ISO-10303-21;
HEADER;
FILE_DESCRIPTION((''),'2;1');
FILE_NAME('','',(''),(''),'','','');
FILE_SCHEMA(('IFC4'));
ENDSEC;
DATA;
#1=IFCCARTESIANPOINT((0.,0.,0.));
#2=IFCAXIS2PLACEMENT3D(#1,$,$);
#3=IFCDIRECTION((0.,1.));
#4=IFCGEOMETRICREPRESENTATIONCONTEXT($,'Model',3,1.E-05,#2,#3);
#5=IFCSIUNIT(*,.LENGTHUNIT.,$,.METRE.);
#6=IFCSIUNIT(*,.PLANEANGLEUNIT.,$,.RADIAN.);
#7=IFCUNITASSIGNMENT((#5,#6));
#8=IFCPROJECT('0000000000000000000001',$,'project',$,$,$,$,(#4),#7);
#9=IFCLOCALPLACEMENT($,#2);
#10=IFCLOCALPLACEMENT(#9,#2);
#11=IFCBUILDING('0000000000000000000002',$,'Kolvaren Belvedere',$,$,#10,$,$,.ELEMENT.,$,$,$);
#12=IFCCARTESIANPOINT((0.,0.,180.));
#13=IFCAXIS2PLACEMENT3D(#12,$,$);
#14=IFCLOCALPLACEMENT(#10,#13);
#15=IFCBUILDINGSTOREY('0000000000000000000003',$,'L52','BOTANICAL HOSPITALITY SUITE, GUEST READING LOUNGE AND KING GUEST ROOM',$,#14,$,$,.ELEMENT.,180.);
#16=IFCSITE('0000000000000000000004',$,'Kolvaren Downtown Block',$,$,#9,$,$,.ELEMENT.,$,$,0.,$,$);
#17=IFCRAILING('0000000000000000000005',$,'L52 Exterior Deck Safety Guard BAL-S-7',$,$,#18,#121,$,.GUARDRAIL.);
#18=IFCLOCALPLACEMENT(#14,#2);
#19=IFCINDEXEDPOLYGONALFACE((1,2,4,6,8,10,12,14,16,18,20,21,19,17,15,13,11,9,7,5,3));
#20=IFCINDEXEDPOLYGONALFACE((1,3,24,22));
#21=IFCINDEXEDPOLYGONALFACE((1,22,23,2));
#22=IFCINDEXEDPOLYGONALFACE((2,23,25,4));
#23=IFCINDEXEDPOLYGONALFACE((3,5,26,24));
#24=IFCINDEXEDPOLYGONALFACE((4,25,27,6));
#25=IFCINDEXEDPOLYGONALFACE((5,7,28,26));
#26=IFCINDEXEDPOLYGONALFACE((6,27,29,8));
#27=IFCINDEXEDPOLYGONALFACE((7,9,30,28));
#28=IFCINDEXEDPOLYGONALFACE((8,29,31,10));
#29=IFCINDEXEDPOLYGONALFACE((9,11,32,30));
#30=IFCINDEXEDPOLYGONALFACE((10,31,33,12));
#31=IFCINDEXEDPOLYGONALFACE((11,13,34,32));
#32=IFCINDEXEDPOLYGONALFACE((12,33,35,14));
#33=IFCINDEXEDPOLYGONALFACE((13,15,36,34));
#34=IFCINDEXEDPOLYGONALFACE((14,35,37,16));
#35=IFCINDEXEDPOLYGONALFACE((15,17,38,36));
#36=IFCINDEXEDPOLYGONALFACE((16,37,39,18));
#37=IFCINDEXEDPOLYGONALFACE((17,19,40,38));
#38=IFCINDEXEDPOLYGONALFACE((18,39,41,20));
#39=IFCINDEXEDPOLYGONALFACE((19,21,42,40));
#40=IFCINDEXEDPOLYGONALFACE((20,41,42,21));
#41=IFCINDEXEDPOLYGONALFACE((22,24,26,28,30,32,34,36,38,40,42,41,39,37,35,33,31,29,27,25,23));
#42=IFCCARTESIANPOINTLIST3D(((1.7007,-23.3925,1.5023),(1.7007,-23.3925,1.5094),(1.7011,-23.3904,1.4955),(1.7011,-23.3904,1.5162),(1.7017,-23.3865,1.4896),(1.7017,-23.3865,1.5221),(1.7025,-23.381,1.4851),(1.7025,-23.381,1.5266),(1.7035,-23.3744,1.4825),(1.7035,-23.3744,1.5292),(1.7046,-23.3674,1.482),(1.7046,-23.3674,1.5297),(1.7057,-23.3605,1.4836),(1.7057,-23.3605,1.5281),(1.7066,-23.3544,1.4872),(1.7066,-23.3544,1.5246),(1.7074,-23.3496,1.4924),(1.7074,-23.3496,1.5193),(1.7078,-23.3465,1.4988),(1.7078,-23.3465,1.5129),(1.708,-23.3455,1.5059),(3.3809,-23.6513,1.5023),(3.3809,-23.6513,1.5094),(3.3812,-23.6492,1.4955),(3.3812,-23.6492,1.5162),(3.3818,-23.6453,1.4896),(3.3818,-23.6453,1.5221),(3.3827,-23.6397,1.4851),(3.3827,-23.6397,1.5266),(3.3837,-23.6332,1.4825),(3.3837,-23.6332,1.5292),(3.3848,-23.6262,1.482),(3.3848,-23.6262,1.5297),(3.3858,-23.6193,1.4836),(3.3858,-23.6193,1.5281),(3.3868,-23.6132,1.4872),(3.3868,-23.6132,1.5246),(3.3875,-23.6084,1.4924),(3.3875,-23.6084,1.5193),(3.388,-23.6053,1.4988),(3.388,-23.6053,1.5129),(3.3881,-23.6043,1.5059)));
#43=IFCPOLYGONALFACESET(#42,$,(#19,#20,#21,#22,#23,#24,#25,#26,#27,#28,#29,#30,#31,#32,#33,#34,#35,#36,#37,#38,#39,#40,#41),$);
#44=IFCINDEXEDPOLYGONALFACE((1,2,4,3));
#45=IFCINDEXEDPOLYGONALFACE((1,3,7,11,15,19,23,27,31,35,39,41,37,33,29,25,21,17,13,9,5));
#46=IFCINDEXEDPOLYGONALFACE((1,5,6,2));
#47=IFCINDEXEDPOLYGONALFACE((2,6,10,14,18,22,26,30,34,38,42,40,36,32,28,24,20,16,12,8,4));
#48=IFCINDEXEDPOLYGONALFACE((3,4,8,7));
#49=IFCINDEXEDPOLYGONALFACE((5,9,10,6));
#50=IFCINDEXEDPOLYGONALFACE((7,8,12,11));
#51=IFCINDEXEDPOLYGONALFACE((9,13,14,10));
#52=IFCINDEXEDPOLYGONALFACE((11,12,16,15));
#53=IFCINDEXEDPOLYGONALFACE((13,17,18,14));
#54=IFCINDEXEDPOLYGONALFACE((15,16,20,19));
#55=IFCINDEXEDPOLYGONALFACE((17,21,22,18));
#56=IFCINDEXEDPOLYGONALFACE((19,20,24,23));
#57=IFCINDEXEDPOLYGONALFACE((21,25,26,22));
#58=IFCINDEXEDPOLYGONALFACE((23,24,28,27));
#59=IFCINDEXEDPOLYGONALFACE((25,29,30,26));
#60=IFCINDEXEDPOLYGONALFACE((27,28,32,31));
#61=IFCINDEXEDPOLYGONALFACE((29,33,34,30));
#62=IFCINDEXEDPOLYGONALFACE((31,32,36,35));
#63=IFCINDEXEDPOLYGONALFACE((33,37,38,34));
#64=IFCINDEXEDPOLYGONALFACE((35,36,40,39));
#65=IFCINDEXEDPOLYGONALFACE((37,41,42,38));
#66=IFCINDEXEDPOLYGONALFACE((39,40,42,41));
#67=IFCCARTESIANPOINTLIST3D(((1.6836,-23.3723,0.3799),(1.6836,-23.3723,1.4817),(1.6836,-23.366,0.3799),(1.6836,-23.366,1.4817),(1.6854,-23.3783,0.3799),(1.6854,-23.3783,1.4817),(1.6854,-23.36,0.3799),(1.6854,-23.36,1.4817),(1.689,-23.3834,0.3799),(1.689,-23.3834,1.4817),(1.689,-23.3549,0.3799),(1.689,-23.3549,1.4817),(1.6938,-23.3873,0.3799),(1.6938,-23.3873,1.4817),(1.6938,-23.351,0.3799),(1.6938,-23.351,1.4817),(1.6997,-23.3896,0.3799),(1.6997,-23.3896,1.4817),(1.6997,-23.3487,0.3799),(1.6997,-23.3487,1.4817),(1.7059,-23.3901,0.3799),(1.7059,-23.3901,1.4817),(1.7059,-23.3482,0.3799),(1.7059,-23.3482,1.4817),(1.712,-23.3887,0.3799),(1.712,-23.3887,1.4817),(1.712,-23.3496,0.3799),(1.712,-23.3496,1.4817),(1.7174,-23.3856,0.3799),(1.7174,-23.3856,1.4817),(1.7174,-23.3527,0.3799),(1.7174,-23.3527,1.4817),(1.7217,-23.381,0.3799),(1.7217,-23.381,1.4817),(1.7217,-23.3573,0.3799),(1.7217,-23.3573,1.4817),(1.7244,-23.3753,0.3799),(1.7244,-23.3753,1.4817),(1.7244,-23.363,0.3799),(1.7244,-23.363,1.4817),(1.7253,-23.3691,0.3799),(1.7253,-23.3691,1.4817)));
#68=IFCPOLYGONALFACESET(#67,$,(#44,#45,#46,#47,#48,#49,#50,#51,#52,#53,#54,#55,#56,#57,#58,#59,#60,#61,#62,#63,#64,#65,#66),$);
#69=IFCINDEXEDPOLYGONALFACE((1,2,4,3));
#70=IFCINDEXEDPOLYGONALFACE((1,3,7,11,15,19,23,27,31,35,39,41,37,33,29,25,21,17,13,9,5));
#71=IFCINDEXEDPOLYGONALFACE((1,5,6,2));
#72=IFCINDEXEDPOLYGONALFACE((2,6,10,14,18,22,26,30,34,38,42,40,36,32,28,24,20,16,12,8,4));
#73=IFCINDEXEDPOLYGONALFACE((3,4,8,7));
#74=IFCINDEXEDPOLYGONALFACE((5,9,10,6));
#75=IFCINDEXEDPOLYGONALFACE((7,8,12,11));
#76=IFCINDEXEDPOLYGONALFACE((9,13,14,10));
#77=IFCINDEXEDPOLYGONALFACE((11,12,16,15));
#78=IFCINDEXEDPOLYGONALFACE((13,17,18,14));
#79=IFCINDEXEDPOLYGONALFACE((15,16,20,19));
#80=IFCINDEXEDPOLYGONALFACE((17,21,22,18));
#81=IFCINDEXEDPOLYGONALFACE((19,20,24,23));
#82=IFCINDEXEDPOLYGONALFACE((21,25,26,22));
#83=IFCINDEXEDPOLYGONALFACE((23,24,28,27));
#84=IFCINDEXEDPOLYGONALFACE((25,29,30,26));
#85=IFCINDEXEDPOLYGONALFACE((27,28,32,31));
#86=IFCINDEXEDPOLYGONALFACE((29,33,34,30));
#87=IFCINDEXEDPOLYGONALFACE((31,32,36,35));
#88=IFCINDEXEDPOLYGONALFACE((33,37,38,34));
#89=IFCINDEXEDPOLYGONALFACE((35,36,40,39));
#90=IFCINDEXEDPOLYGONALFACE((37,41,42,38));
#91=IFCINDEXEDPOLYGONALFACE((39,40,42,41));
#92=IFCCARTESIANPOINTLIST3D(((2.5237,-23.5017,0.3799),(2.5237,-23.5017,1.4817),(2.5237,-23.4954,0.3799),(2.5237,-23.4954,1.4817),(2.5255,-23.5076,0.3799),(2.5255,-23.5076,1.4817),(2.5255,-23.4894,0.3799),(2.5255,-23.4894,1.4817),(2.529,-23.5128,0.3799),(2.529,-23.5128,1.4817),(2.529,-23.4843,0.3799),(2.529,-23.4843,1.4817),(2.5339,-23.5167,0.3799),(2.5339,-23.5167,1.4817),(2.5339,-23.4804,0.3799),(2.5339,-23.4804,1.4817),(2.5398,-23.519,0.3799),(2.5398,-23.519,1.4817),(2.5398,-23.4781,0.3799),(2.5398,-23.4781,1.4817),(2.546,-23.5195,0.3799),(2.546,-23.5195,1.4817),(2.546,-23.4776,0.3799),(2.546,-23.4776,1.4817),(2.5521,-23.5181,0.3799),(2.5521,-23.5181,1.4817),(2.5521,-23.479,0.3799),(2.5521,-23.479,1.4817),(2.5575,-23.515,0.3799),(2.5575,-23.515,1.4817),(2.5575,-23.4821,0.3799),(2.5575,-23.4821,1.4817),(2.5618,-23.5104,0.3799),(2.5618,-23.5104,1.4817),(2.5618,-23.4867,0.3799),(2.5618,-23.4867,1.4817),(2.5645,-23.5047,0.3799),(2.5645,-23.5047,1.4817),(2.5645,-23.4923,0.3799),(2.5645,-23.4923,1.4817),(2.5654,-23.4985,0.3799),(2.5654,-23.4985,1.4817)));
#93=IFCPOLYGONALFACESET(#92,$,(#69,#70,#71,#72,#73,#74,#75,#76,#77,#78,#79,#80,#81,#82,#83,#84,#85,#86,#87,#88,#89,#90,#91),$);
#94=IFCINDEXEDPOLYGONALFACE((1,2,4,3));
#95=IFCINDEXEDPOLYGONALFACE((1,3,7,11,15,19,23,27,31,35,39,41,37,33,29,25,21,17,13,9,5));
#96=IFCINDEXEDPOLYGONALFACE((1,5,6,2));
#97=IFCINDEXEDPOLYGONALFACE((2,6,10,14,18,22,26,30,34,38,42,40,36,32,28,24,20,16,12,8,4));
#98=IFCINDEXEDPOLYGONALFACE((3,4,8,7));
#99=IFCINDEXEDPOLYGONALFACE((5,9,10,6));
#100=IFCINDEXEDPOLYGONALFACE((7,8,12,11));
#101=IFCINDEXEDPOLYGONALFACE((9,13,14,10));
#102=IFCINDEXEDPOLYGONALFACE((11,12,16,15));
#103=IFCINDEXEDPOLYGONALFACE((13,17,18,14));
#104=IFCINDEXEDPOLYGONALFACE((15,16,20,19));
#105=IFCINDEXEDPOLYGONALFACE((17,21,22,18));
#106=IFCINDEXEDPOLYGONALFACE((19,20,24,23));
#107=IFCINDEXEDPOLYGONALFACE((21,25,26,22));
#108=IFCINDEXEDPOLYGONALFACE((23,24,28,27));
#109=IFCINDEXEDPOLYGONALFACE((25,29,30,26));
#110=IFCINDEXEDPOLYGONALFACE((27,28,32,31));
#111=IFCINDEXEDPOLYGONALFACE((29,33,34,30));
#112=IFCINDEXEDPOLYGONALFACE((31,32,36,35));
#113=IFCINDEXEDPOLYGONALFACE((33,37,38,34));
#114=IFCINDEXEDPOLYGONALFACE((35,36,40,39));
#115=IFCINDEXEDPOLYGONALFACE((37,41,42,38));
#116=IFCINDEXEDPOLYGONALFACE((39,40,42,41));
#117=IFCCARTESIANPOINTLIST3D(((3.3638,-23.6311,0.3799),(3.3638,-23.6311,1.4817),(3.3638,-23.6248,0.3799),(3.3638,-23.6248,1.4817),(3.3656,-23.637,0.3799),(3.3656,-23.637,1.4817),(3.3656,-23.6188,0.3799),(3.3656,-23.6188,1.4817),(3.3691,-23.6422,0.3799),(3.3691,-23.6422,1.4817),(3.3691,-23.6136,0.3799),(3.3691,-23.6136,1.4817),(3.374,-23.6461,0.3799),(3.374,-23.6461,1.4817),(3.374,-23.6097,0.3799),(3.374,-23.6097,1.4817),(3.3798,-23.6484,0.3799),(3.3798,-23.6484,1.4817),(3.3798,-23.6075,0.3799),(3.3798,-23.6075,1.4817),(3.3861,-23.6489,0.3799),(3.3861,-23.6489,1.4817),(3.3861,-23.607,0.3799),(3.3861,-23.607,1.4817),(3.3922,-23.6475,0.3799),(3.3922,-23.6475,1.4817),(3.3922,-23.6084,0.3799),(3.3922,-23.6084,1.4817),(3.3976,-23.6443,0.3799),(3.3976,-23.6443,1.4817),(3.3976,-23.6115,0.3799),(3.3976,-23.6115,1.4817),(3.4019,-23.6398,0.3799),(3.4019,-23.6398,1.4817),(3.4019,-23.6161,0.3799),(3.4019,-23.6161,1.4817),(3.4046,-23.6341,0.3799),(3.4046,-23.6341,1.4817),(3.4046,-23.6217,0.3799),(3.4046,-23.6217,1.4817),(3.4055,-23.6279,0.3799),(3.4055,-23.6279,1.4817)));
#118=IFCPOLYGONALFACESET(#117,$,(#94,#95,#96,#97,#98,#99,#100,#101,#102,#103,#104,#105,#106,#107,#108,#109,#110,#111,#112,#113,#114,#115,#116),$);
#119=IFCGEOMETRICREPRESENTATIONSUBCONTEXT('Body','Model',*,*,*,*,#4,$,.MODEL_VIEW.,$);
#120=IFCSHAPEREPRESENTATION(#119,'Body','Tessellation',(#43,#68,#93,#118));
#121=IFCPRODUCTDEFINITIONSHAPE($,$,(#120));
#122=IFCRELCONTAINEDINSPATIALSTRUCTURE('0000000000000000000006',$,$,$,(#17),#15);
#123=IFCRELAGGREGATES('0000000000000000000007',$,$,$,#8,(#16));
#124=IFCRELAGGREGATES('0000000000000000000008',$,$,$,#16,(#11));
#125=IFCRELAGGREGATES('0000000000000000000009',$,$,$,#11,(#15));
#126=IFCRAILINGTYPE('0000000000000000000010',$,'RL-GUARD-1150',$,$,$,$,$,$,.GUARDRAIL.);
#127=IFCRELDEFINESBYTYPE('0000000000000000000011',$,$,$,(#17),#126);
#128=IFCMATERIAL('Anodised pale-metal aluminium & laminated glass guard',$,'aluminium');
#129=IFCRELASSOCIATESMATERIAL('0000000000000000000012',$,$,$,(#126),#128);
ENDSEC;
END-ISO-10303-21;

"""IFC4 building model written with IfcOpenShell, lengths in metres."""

from ifc_helpers import new_model, si_unit, direction, frame, origin, origin_2d, place, context, subcontext, project, spatial, circle, extrude, material, type_object, element, save


model = new_model("IFC4")

# Units and contexts
model_context = context("Model", 3, precision=1e-05, world=origin(), true_north=direction((0.0, 1.0)))
body_context = subcontext(model_context, "Body", "Model", "MODEL_VIEW")
ifc_project = project(units=[si_unit("LENGTHUNIT", "METRE"), si_unit("PLANEANGLEUNIT", "RADIAN")], contexts=[model_context])

# Site, building, storey
site_placement = place(None, origin())
site = spatial("IfcSite", under=ifc_project, at=site_placement, Name="Kolvaren Downtown Block", CompositionType="ELEMENT", RefElevation=0.0)
building_placement = place(site_placement, origin())
building = spatial("IfcBuilding", under=site, at=building_placement, Name="Kolvaren Belvedere", CompositionType="ELEMENT")
storey_placement = place(building_placement, frame((0.0, 0.0, 180.0)))
storey = spatial("IfcBuildingStorey", under=building, at=storey_placement, Name="L52", Description="BOTANICAL HOSPITALITY SUITE, GUEST READING LOUNGE AND KING GUEST ROOM", CompositionType="ELEMENT", Elevation=180.0)

# Railing
ifc_material_1 = material(Name="Anodised pale-metal aluminium & laminated glass guard", Category="aluminium")
railing_type = type_object("IfcRailingType", Name="RL-GUARD-1150", PredefinedType="GUARDRAIL", material=ifc_material_1)
railing_1_placement = place(storey_placement, frame((1.7043, -23.3691, 0.3799)))
element("IfcRailing", 1, at=railing_1_placement, inside=storey, type_object=railing_type, Name="L52 Exterior Deck Safety Guard BAL-S-7", PredefinedType="GUARDRAIL", context=body_context, shape_type="SweptSolid", body=[
    extrude(circle(Radius=0.0239, at=origin_2d()), frame((0.0, 0.0, 1.126), z_axis=(0.988345, -0.15223, 0.0), x_axis=(0.15223, 0.988345, 0.0)), (0.0, 0.0, 1.0), 1.7),
    extrude(circle(Radius=0.021, at=origin_2d()), origin(), (0.0, 0.0, 1.0), 1.1018),
    extrude(circle(Radius=0.021, at=origin_2d()), frame((0.8401, -0.1294, 0.0)), (0.0, 0.0, 1.0), 1.1018),
    extrude(circle(Radius=0.021, at=origin_2d()), frame((1.6802, -0.2588, 0.0)), (0.0, 0.0, 1.0), 1.1018),
])

save(model, "model.ifc")
